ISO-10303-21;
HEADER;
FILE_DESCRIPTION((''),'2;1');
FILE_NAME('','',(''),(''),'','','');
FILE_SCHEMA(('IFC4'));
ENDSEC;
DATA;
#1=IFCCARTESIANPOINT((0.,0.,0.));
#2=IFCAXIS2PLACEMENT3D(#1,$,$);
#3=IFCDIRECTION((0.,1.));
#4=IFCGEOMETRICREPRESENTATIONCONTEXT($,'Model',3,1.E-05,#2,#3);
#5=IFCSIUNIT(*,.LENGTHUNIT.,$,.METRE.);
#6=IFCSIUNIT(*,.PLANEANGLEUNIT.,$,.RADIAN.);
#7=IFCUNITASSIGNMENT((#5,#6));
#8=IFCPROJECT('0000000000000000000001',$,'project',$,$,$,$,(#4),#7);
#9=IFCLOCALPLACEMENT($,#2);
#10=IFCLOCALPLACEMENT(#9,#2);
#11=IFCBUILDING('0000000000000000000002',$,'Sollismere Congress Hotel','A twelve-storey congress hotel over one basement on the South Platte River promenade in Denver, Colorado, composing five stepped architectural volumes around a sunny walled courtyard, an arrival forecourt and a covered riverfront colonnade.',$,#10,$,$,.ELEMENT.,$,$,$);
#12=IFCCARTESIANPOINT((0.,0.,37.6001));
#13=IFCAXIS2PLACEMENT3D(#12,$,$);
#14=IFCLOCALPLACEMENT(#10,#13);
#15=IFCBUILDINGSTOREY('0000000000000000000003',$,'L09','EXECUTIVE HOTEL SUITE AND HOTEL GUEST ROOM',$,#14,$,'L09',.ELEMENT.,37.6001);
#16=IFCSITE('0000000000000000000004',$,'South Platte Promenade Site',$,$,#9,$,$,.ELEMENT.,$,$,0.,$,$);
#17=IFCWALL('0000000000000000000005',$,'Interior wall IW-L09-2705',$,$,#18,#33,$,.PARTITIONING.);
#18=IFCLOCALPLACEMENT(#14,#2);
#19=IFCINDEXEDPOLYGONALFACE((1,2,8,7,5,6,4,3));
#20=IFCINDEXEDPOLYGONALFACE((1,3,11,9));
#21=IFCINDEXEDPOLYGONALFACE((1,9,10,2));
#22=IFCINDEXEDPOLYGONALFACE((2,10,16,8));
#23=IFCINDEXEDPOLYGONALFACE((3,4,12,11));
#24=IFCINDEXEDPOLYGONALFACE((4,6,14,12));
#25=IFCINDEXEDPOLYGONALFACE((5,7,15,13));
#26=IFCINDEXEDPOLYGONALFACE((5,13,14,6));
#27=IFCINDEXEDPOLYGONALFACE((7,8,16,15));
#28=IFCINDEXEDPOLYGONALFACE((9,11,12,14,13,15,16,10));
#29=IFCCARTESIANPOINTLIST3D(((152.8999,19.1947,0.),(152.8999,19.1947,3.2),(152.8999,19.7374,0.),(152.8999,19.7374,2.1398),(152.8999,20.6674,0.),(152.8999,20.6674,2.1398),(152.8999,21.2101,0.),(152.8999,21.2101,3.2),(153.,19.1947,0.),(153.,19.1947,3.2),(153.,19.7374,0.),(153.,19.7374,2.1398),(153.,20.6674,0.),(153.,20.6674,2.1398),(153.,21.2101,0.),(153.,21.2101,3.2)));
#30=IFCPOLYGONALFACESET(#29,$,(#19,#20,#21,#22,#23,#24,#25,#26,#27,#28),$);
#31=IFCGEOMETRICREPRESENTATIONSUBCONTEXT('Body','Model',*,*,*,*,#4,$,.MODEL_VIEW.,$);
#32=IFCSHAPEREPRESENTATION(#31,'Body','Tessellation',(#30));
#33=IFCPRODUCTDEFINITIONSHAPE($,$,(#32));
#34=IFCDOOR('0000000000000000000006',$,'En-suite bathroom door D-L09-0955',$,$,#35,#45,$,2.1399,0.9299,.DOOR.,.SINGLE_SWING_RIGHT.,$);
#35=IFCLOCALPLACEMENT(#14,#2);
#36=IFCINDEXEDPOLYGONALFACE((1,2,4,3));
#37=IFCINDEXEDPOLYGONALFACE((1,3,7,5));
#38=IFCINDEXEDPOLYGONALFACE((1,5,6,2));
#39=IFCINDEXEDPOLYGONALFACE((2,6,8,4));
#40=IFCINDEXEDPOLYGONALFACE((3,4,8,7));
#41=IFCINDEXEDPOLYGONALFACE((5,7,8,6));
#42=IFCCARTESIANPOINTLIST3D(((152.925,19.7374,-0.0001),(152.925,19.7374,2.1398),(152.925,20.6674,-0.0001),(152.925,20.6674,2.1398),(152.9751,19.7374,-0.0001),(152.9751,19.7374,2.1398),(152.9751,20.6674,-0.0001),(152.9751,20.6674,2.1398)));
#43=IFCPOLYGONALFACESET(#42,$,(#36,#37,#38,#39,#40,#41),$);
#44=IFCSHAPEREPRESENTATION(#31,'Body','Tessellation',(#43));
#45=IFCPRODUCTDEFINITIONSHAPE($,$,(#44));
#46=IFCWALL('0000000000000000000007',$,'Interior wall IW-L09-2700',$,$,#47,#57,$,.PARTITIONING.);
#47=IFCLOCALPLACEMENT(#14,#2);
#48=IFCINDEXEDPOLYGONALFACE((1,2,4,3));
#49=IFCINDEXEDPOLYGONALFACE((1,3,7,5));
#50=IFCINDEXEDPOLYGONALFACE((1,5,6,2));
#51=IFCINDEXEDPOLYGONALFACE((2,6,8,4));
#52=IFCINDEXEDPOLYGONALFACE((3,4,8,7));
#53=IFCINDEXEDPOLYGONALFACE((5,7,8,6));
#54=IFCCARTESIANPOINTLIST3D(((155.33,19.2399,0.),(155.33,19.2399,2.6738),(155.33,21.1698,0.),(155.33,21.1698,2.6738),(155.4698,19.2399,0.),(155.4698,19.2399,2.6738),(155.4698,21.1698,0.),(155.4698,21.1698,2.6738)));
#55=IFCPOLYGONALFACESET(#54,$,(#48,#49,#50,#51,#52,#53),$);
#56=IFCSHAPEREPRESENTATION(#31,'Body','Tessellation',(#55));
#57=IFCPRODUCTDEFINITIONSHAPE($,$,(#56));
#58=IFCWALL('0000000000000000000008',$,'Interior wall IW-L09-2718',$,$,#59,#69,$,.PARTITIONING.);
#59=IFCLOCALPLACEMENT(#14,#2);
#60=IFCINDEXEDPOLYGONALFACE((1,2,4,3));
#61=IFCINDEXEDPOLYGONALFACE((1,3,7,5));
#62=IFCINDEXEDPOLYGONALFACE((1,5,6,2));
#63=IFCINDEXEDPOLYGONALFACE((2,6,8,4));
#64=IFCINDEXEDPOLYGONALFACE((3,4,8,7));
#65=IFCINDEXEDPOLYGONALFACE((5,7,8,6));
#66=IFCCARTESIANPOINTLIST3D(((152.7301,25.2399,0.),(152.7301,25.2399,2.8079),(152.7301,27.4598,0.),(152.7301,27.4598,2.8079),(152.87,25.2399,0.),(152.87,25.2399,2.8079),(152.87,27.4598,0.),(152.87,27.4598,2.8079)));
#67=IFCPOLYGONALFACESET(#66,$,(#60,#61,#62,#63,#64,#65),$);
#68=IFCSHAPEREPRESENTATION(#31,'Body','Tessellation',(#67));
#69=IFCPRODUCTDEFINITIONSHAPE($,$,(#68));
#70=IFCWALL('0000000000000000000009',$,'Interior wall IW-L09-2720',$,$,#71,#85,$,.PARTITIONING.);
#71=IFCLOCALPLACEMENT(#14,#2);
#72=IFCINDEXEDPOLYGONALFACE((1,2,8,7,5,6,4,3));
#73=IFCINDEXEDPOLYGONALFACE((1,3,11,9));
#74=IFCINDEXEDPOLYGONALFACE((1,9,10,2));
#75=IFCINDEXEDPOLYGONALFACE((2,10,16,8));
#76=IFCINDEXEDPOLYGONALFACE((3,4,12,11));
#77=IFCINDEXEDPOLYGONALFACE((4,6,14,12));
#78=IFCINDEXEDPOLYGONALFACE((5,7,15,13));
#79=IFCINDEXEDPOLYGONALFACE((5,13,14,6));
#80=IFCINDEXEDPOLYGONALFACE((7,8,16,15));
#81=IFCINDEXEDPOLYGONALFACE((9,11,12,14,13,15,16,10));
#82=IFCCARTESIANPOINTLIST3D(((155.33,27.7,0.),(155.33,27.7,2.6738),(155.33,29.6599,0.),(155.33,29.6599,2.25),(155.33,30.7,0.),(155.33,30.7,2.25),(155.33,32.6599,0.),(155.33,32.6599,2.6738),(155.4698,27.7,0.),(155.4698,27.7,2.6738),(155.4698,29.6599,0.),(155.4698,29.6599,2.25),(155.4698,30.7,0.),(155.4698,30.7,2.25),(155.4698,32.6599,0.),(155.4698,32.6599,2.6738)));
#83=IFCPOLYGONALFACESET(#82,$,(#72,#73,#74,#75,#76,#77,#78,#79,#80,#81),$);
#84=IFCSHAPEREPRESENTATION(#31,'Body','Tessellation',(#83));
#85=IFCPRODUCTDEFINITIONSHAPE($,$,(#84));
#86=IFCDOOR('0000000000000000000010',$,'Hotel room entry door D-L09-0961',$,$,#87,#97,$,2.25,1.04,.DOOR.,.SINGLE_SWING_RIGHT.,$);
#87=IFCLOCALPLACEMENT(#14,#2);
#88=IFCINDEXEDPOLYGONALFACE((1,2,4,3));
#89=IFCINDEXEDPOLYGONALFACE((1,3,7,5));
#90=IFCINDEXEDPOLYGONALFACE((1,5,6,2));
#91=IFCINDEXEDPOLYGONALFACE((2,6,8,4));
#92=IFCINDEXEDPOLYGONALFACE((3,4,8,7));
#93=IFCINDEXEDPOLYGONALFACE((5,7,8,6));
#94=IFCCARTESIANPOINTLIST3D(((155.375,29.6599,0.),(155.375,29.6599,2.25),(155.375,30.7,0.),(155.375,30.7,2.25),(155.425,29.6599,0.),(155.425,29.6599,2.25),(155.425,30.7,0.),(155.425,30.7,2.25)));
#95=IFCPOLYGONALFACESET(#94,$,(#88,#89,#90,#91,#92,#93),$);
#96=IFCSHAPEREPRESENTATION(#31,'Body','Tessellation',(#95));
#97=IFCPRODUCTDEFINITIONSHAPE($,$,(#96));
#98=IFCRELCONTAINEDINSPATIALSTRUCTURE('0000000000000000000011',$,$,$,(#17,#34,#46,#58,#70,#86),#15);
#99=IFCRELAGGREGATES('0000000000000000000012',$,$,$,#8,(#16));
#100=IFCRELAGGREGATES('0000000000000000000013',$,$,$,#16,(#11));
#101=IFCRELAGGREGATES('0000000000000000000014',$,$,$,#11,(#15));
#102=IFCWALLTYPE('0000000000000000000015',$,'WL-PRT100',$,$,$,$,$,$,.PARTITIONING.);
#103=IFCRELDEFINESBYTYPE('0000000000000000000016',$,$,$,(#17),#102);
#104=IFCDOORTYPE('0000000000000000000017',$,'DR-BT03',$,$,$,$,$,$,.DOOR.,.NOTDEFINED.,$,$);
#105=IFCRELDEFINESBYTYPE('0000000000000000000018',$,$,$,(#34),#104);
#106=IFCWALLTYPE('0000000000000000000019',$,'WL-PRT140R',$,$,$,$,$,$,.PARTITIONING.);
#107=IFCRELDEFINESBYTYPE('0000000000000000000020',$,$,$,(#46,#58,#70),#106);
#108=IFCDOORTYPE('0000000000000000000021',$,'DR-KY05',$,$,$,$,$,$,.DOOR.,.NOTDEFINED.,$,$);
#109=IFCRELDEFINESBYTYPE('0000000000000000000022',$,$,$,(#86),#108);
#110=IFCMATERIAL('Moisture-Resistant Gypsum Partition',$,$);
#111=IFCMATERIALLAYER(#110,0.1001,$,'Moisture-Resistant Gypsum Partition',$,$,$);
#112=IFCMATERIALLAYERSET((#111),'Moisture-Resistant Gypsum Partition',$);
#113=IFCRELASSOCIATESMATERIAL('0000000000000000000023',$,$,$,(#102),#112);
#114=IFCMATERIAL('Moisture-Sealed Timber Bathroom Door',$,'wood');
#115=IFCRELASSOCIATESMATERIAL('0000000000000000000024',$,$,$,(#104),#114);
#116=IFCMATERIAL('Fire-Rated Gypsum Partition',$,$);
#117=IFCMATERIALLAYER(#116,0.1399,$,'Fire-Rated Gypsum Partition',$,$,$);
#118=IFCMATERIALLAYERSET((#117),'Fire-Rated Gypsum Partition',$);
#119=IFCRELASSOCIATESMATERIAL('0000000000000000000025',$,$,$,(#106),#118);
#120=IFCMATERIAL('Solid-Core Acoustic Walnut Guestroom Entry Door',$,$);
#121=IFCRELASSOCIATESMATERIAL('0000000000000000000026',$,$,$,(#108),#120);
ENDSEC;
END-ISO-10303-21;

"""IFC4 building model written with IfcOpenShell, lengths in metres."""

from ifc_helpers import new_model, si_unit, direction, frame, frame_2d, origin, place, context, subcontext, project, spatial, rectangle, extrude, material, layer, layer_set, type_object, element, fill, save


model = new_model("IFC4")

# Units and contexts
model_context = context("Model", 3, precision=1e-05, world=origin(), true_north=direction((0.0, 1.0)))
body_context = subcontext(model_context, "Body", "Model", "MODEL_VIEW")
ifc_project = project(units=[si_unit("LENGTHUNIT", "METRE"), si_unit("PLANEANGLEUNIT", "RADIAN")], contexts=[model_context])

# Site, building, storey
site_placement = place(None, origin())
site = spatial("IfcSite", under=ifc_project, at=site_placement, Name="South Platte Promenade Site", CompositionType="ELEMENT", RefElevation=0.0)
building_placement = place(site_placement, origin())
building = spatial("IfcBuilding", under=site, at=building_placement, Name="Sollismere Congress Hotel", Description="A twelve-storey congress hotel over one basement on the South Platte River promenade in Denver, Colorado, composing five stepped architectural volumes around a sunny walled courtyard, an arrival forecourt and a covered riverfront colonnade.", CompositionType="ELEMENT")
storey_placement = place(building_placement, frame((0.0, 0.0, 37.6001)))
storey = spatial("IfcBuildingStorey", under=building, at=storey_placement, Name="L09", Description="EXECUTIVE HOTEL SUITE AND HOTEL GUEST ROOM", LongName="L09", CompositionType="ELEMENT", Elevation=37.6001)

# Wall, opening, door
ifc_material_1 = material(Name="Moisture-Resistant Gypsum Partition")
ifc_layer_1 = layer(ifc_material_1, 0.1001, Name="Moisture-Resistant Gypsum Partition")
ifc_layer_set_1 = layer_set([ifc_layer_1], Name="Moisture-Resistant Gypsum Partition")
wall_type_1 = type_object("IfcWallType", Name="WL-PRT100", PredefinedType="PARTITIONING", material=ifc_layer_set_1)
wall_1_placement = place(storey_placement, frame((152.95, 19.1946, 0.0), z_axis=(0.0, 0.0, 1.0), x_axis=(0.0, 1.0, 0.0)))
wall_1 = element("IfcWall", 1, at=wall_1_placement, inside=storey, type_object=wall_type_1, Name="Interior wall IW-L09-2705", PredefinedType="PARTITIONING", context=body_context, shape_type="SweptSolid", body=[
    extrude(rectangle(XDim=2.0154, YDim=0.1001, at=frame_2d((1.0078, 0.0))), origin(), (0.0, 0.0, 1.0), 3.2),
])
opening_1_placement = place(wall_1_placement, frame((0.543, 0.0, 0.0)))
opening_1 = element("IfcOpeningElement", 2, at=opening_1_placement, cuts=wall_1, PredefinedType="OPENING", context=body_context, shape_type="SweptSolid", body=[
    extrude(rectangle(XDim=0.9299, YDim=2.1399, at=frame_2d((0.4648, 1.0698))), frame((0.0, 0.0601, 0.0), z_axis=(0.0, -1.0, 0.0), x_axis=(1.0, 0.0, 0.0)), (0.0, 0.0, 1.0), 0.1201),
])
ifc_material_2 = material(Name="Moisture-Sealed Timber Bathroom Door", Category="wood")
door_type_1 = type_object("IfcDoorType", Name="DR-BT03", OperationType="NOTDEFINED", PredefinedType="DOOR", material=ifc_material_2)
door_1_placement = place(opening_1_placement, origin())
door_1 = element("IfcDoor", 3, at=door_1_placement, inside=storey, type_object=door_type_1, Name="En-suite bathroom door D-L09-0955", OperationType="SINGLE_SWING_RIGHT", OverallHeight=2.1399, OverallWidth=0.9299, PredefinedType="DOOR", context=body_context, shape_type="SweptSolid", body=[
    extrude(rectangle(XDim=0.9299, YDim=2.1399, at=frame_2d((0.4648, 1.0698))), frame((0.0, 0.0249, 0.0), z_axis=(0.0, -1.0, 0.0), x_axis=(1.0, 0.0, 0.0)), (0.0, 0.0, 1.0), 0.05),
])
fill(opening_1, door_1)

# Wall
ifc_material_3 = material(Name="Fire-Rated Gypsum Partition")
ifc_layer_2 = layer(ifc_material_3, 0.1399, Name="Fire-Rated Gypsum Partition")
ifc_layer_set_2 = layer_set([ifc_layer_2], Name="Fire-Rated Gypsum Partition")
wall_type_2 = type_object("IfcWallType", Name="WL-PRT140R", PredefinedType="PARTITIONING", material=ifc_layer_set_2)
wall_2_placement = place(storey_placement, frame((155.3999, 19.24, 0.0), z_axis=(0.0, 0.0, 1.0), x_axis=(0.0, 1.0, 0.0)))
element("IfcWall", 4, at=wall_2_placement, inside=storey, type_object=wall_type_2, Name="Interior wall IW-L09-2700", PredefinedType="PARTITIONING", context=body_context, shape_type="SweptSolid", body=[
    extrude(rectangle(XDim=1.9299, YDim=0.1399, at=frame_2d((0.9648, 0.0))), origin(), (0.0, 0.0, 1.0), 2.6738),
])

# Shared definitions
ifc_material_4 = material(Name="Solid-Core Acoustic Walnut Guestroom Entry Door")

# Wall
wall_3_placement = place(storey_placement, frame((152.8, 25.24, 0.0), z_axis=(0.0, 0.0, 1.0), x_axis=(0.0, 1.0, 0.0)))
element("IfcWall", 5, at=wall_3_placement, inside=storey, type_object=wall_type_2, Name="Interior wall IW-L09-2718", PredefinedType="PARTITIONING", context=body_context, shape_type="SweptSolid", body=[
    extrude(rectangle(XDim=2.22, YDim=0.1399, at=frame_2d((1.1099, 0.0))), origin(), (0.0, 0.0, 1.0), 2.8079),
])

# Wall, opening, door
wall_4_placement = place(storey_placement, frame((155.3999, 27.7, 0.0), z_axis=(0.0, 0.0, 1.0), x_axis=(0.0, 1.0, 0.0)))
wall_4 = element("IfcWall", 6, at=wall_4_placement, inside=storey, type_object=wall_type_2, Name="Interior wall IW-L09-2720", PredefinedType="PARTITIONING", context=body_context, shape_type="SweptSolid", body=[
    extrude(rectangle(XDim=4.96, YDim=0.1399, at=frame_2d((2.48, 0.0))), origin(), (0.0, 0.0, 1.0), 2.6738),
])
opening_2_placement = place(wall_4_placement, frame((1.96, 0.0, 0.0)))
opening_2 = element("IfcOpeningElement", 7, at=opening_2_placement, cuts=wall_4, PredefinedType="OPENING", context=body_context, shape_type="SweptSolid", body=[
    extrude(rectangle(XDim=1.04, YDim=2.25, at=frame_2d((0.52, 1.125))), frame((0.0, 0.0798, 0.0), z_axis=(0.0, -1.0, 0.0), x_axis=(1.0, 0.0, 0.0)), (0.0, 0.0, 1.0), 0.1599),
])
door_type_2 = type_object("IfcDoorType", Name="DR-KY05", OperationType="NOTDEFINED", PredefinedType="DOOR", material=ifc_material_4)
door_2_placement = place(opening_2_placement, origin())
door_2 = element("IfcDoor", 8, at=door_2_placement, inside=storey, type_object=door_type_2, Name="Hotel room entry door D-L09-0961", OperationType="SINGLE_SWING_RIGHT", OverallHeight=2.25, OverallWidth=1.04, PredefinedType="DOOR", context=body_context, shape_type="SweptSolid", body=[
    extrude(rectangle(XDim=1.04, YDim=2.25, at=frame_2d((0.52, 1.125))), frame((0.0, 0.0249, 0.0), z_axis=(0.0, -1.0, 0.0), x_axis=(1.0, 0.0, 0.0)), (0.0, 0.0, 1.0), 0.05),
])
fill(opening_2, door_2)

save(model, "model.ifc")
